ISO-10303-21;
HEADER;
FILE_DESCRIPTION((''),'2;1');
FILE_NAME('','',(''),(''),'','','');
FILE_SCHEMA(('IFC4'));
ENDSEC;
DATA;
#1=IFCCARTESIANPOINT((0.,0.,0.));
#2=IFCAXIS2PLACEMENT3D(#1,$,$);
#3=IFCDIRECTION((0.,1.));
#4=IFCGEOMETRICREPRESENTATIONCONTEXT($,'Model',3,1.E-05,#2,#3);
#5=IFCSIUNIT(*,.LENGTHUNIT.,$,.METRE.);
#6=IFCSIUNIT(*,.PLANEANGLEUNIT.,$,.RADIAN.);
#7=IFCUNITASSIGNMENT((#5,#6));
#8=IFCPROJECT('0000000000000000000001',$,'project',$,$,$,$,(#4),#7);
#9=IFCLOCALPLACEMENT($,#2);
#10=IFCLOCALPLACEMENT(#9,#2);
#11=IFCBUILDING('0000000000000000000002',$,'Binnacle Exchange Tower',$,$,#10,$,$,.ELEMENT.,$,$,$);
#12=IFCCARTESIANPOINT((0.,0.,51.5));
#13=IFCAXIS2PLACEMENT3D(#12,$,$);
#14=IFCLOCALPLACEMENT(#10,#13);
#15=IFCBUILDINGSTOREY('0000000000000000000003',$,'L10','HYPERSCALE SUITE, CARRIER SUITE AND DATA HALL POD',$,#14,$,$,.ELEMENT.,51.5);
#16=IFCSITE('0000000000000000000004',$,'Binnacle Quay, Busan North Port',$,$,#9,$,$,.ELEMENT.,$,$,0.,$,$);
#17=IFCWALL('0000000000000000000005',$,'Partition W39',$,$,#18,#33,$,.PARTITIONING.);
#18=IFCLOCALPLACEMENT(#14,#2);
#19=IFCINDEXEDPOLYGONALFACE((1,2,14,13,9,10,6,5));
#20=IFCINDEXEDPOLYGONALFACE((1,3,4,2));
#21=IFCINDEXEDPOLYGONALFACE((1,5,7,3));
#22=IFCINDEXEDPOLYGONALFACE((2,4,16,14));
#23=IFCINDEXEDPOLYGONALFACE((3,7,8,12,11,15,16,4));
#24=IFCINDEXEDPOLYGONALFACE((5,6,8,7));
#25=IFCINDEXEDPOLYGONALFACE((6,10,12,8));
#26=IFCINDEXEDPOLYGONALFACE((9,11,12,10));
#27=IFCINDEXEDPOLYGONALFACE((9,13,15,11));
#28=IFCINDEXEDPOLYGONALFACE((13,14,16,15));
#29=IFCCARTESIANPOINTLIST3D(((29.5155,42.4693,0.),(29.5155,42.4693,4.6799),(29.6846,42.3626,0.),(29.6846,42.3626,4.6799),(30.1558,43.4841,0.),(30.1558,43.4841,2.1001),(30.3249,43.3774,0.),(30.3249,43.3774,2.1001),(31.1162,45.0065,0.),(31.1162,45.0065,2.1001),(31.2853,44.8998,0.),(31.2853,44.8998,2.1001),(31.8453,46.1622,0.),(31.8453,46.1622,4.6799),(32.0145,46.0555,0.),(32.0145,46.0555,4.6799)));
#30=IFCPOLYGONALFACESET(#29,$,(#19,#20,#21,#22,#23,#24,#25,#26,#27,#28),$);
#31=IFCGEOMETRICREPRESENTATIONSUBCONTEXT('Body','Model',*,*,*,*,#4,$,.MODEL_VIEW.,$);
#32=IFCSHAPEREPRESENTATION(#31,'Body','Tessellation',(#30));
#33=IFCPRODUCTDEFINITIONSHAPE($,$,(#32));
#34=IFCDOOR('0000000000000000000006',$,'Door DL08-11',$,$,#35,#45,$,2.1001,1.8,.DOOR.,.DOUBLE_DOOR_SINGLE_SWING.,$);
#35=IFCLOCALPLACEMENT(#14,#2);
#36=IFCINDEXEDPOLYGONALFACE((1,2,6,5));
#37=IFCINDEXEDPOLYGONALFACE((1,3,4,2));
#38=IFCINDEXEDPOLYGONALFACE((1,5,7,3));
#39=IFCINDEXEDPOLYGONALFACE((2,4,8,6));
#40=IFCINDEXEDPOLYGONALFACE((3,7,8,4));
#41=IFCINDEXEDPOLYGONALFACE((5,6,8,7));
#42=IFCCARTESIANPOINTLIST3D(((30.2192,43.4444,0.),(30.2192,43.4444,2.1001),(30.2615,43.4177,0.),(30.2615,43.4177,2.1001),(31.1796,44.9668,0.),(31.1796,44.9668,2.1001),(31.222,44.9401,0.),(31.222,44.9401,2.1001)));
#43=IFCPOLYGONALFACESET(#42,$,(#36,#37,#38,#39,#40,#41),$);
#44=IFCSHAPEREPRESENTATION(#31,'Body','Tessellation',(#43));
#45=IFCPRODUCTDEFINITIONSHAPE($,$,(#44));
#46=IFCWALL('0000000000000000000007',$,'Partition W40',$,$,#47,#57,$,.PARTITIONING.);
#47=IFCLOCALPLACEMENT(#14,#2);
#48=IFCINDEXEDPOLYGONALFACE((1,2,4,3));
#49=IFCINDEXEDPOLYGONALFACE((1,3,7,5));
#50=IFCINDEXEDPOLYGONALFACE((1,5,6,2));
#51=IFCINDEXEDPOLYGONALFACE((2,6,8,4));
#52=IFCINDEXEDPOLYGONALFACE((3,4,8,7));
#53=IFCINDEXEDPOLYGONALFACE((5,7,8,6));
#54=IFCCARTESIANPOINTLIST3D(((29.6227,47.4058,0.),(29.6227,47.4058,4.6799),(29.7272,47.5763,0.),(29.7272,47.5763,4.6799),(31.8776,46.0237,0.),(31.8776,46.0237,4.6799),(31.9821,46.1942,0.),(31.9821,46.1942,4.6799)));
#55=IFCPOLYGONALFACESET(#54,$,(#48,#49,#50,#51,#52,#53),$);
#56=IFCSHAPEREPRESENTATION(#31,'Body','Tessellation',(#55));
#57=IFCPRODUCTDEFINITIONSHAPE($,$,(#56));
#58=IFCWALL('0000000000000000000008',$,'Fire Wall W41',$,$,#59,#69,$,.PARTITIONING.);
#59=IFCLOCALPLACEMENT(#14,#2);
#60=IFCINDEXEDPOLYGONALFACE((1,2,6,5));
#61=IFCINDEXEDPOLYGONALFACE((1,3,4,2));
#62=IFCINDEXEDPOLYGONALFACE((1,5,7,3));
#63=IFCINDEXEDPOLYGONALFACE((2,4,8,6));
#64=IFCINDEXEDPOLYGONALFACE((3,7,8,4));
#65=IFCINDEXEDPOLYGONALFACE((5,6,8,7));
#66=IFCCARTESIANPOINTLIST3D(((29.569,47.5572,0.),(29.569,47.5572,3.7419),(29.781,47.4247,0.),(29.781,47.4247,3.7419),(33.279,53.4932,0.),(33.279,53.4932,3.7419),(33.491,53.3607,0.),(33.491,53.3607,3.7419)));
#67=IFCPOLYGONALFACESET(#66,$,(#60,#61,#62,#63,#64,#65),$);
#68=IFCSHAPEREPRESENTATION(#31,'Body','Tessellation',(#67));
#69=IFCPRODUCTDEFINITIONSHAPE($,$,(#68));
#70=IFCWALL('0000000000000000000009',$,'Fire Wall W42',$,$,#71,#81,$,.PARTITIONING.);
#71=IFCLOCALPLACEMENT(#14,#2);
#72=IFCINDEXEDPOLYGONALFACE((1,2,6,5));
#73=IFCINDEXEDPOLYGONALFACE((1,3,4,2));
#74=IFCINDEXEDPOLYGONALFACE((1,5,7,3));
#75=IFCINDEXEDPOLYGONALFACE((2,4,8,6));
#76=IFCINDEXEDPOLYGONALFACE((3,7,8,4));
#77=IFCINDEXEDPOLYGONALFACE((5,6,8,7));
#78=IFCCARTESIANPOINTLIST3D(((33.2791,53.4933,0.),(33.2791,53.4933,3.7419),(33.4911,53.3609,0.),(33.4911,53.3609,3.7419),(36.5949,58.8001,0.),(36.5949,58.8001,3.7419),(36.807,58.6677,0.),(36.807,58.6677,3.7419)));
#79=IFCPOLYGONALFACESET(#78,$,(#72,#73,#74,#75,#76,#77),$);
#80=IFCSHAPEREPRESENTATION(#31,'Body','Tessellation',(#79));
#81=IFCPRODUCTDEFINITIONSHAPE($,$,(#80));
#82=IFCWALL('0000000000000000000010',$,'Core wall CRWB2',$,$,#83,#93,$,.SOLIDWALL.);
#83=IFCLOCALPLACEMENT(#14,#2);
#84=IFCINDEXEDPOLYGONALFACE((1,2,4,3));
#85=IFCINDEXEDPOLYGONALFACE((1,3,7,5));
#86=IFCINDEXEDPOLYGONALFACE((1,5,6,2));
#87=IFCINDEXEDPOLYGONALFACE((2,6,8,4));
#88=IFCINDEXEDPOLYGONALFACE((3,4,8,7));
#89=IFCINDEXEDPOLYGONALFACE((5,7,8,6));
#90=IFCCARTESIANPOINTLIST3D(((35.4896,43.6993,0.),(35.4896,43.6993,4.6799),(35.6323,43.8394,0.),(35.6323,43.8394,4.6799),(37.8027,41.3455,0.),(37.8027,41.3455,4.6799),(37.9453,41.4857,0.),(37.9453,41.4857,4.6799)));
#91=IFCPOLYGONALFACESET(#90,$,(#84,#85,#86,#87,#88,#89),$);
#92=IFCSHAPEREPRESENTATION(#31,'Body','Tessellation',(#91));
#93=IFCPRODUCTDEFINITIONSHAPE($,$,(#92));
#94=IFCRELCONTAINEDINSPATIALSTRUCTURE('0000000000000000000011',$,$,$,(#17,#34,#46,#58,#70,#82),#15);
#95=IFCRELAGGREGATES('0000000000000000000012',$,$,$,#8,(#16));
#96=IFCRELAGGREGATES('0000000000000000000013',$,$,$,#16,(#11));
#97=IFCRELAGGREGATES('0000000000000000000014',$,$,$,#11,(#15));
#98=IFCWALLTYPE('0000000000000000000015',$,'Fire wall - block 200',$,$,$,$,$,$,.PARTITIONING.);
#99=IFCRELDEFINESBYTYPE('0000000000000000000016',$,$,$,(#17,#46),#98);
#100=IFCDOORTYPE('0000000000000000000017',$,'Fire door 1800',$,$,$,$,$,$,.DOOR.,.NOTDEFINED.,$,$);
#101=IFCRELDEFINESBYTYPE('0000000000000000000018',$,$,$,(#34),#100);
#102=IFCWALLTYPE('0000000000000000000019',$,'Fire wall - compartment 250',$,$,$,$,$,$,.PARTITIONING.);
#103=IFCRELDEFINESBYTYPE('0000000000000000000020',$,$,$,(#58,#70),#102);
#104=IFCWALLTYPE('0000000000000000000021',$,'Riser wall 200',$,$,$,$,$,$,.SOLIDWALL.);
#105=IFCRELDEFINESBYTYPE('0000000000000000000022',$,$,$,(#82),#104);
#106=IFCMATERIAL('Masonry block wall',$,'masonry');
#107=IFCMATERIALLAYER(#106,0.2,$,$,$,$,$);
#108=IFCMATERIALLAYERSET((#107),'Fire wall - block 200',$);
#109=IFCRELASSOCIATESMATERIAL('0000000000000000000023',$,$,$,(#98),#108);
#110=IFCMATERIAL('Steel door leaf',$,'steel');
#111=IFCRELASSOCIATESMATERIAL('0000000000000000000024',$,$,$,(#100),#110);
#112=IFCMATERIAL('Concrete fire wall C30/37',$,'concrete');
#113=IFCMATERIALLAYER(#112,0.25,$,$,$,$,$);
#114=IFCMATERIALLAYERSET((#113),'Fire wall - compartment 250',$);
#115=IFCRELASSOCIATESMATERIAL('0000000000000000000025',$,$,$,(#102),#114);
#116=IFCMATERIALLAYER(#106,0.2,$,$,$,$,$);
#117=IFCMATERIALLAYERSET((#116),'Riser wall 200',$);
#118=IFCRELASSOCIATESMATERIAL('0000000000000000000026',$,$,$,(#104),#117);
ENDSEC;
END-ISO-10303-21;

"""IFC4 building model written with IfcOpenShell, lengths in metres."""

from ifc_helpers import new_model, si_unit, direction, frame, frame_2d, origin, place, context, subcontext, project, spatial, rectangle, extrude, material, layer, layer_set, type_object, element, fill, save


model = new_model("IFC4")

# Units and contexts
model_context = context("Model", 3, precision=1e-05, world=origin(), true_north=direction((0.0, 1.0)))
body_context = subcontext(model_context, "Body", "Model", "MODEL_VIEW")
ifc_project = project(units=[si_unit("LENGTHUNIT", "METRE"), si_unit("PLANEANGLEUNIT", "RADIAN")], contexts=[model_context])

# Site, building, storey
site_placement = place(None, origin())
site = spatial("IfcSite", under=ifc_project, at=site_placement, Name="Binnacle Quay, Busan North Port", CompositionType="ELEMENT", RefElevation=0.0)
building_placement = place(site_placement, origin())
building = spatial("IfcBuilding", under=site, at=building_placement, Name="Binnacle Exchange Tower", CompositionType="ELEMENT")
storey_placement = place(building_placement, frame((0.0, 0.0, 51.5)))
storey = spatial("IfcBuildingStorey", under=building, at=storey_placement, Name="L10", Description="HYPERSCALE SUITE, CARRIER SUITE AND DATA HALL POD", CompositionType="ELEMENT", Elevation=51.5)

# Shared definitions
ifc_material_1 = material(Name="Masonry block wall", Category="masonry")
ifc_layer_1 = layer(ifc_material_1, 0.2)
ifc_layer_set_1 = layer_set([ifc_layer_1], Name="Fire wall - block 200")
wall_type_1 = type_object("IfcWallType", Name="Fire wall - block 200", PredefinedType="PARTITIONING", material=ifc_layer_set_1)

# Wall, opening, door
wall_1_placement = place(storey_placement, frame((29.6001, 42.416, 0.0), z_axis=(0.0, 0.0, 1.0), x_axis=(0.533583, 0.845748, 0.0)))
wall_1 = element("IfcWall", 1, at=wall_1_placement, inside=storey, type_object=wall_type_1, Name="Partition W39", PredefinedType="PARTITIONING", context=body_context, shape_type="SweptSolid", body=[
    extrude(rectangle(XDim=4.3665, YDim=0.2, at=frame_2d((2.1831, 0.0))), origin(), (0.0, 0.0, 1.0), 4.6799),
])
opening_placement = place(wall_1_placement, frame((1.2, 0.0, 0.0)))
opening = element("IfcOpeningElement", 2, at=opening_placement, cuts=wall_1, PredefinedType="OPENING", context=body_context, shape_type="SweptSolid", body=[
    extrude(rectangle(XDim=1.8, YDim=2.1001, at=frame_2d((0.8999, 1.05))), frame((0.0, 0.1099, 0.0), z_axis=(0.0, -1.0, 0.0), x_axis=(1.0, 0.0, 0.0)), (0.0, 0.0, 1.0), 0.22),
])
ifc_material_2 = material(Name="Steel door leaf", Category="steel")
door_type = type_object("IfcDoorType", Name="Fire door 1800", OperationType="NOTDEFINED", PredefinedType="DOOR", material=ifc_material_2)
door_placement = place(opening_placement, frame((1.8, 0.0, 0.0), z_axis=(0.0, 0.0, 1.0), x_axis=(-1.0, 0.0, 0.0)))
door = element("IfcDoor", 3, at=door_placement, inside=storey, type_object=door_type, Name="Door DL08-11", OperationType="DOUBLE_DOOR_SINGLE_SWING", OverallHeight=2.1001, OverallWidth=1.8, PredefinedType="DOOR", context=body_context, shape_type="SweptSolid", body=[
    extrude(rectangle(XDim=1.8, YDim=2.1001, at=frame_2d((0.8999, 1.05))), frame((0.0, 0.0249, 0.0), z_axis=(0.0, -1.0, 0.0), x_axis=(1.0, 0.0, 0.0)), (0.0, 0.0, 1.0), 0.05),
])
fill(opening, door)

# Walls
wall_2_placement = place(storey_placement, frame((29.675, 47.491, 0.0), z_axis=(0.0, 0.0, 1.0), x_axis=(0.852592, -0.522577, 0.0)))
element("IfcWall", 4, at=wall_2_placement, inside=storey, type_object=wall_type_1, Name="Partition W40", PredefinedType="PARTITIONING", context=body_context, shape_type="SweptSolid", body=[
    extrude(rectangle(XDim=2.6448, YDim=0.2, at=frame_2d((1.3223, 0.0))), origin(), (0.0, 0.0, 1.0), 4.6799),
])
ifc_material_3 = material(Name="Concrete fire wall C30/37", Category="concrete")
ifc_layer_2 = layer(ifc_material_3, 0.25)
ifc_layer_set_2 = layer_set([ifc_layer_2], Name="Fire wall - compartment 250")
wall_type_2 = type_object("IfcWallType", Name="Fire wall - compartment 250", PredefinedType="PARTITIONING", material=ifc_layer_set_2)
wall_3_placement = place(storey_placement, frame((29.675, 47.491, 0.0), z_axis=(0.0, 0.0, 1.0), x_axis=(0.529993, 0.848002, 0.0)))
element("IfcWall", 5, at=wall_3_placement, inside=storey, type_object=wall_type_2, Name="Fire Wall W41", PredefinedType="PARTITIONING", context=body_context, shape_type="SweptSolid", body=[
    extrude(rectangle(XDim=7.0, YDim=0.25, at=frame_2d((3.5, 0.0))), origin(), (0.0, 0.0, 1.0), 3.7419),
])
wall_4_placement = place(storey_placement, frame((33.385, 53.427, 0.0), z_axis=(0.0, 0.0, 1.0), x_axis=(0.529897, 0.848062, 0.0)))
element("IfcWall", 6, at=wall_4_placement, inside=storey, type_object=wall_type_2, Name="Fire Wall W42", PredefinedType="PARTITIONING", context=body_context, shape_type="SweptSolid", body=[
    extrude(rectangle(XDim=6.2576, YDim=0.25, at=frame_2d((3.1289, 0.0))), origin(), (0.0, 0.0, 1.0), 3.7419),
])
ifc_layer_3 = layer(ifc_material_1, 0.2)
ifc_layer_set_3 = layer_set([ifc_layer_3], Name="Riser wall 200")
wall_type_3 = type_object("IfcWallType", Name="Riser wall 200", PredefinedType="SOLIDWALL", material=ifc_layer_set_3)
wall_5_placement = place(storey_placement, frame((35.561, 43.7693, 0.0), z_axis=(0.0, 0.0, 1.0), x_axis=(0.700902, -0.713257, 0.0)))
element("IfcWall", 7, at=wall_5_placement, inside=storey, type_object=wall_type_3, Name="Core wall CRWB2", PredefinedType="SOLIDWALL", context=body_context, shape_type="SweptSolid", body=[
    extrude(rectangle(XDim=3.3, YDim=0.2, at=frame_2d((1.6499, 0.0))), origin(), (0.0, 0.0, 1.0), 4.6799),
])

save(model, "model.ifc")
